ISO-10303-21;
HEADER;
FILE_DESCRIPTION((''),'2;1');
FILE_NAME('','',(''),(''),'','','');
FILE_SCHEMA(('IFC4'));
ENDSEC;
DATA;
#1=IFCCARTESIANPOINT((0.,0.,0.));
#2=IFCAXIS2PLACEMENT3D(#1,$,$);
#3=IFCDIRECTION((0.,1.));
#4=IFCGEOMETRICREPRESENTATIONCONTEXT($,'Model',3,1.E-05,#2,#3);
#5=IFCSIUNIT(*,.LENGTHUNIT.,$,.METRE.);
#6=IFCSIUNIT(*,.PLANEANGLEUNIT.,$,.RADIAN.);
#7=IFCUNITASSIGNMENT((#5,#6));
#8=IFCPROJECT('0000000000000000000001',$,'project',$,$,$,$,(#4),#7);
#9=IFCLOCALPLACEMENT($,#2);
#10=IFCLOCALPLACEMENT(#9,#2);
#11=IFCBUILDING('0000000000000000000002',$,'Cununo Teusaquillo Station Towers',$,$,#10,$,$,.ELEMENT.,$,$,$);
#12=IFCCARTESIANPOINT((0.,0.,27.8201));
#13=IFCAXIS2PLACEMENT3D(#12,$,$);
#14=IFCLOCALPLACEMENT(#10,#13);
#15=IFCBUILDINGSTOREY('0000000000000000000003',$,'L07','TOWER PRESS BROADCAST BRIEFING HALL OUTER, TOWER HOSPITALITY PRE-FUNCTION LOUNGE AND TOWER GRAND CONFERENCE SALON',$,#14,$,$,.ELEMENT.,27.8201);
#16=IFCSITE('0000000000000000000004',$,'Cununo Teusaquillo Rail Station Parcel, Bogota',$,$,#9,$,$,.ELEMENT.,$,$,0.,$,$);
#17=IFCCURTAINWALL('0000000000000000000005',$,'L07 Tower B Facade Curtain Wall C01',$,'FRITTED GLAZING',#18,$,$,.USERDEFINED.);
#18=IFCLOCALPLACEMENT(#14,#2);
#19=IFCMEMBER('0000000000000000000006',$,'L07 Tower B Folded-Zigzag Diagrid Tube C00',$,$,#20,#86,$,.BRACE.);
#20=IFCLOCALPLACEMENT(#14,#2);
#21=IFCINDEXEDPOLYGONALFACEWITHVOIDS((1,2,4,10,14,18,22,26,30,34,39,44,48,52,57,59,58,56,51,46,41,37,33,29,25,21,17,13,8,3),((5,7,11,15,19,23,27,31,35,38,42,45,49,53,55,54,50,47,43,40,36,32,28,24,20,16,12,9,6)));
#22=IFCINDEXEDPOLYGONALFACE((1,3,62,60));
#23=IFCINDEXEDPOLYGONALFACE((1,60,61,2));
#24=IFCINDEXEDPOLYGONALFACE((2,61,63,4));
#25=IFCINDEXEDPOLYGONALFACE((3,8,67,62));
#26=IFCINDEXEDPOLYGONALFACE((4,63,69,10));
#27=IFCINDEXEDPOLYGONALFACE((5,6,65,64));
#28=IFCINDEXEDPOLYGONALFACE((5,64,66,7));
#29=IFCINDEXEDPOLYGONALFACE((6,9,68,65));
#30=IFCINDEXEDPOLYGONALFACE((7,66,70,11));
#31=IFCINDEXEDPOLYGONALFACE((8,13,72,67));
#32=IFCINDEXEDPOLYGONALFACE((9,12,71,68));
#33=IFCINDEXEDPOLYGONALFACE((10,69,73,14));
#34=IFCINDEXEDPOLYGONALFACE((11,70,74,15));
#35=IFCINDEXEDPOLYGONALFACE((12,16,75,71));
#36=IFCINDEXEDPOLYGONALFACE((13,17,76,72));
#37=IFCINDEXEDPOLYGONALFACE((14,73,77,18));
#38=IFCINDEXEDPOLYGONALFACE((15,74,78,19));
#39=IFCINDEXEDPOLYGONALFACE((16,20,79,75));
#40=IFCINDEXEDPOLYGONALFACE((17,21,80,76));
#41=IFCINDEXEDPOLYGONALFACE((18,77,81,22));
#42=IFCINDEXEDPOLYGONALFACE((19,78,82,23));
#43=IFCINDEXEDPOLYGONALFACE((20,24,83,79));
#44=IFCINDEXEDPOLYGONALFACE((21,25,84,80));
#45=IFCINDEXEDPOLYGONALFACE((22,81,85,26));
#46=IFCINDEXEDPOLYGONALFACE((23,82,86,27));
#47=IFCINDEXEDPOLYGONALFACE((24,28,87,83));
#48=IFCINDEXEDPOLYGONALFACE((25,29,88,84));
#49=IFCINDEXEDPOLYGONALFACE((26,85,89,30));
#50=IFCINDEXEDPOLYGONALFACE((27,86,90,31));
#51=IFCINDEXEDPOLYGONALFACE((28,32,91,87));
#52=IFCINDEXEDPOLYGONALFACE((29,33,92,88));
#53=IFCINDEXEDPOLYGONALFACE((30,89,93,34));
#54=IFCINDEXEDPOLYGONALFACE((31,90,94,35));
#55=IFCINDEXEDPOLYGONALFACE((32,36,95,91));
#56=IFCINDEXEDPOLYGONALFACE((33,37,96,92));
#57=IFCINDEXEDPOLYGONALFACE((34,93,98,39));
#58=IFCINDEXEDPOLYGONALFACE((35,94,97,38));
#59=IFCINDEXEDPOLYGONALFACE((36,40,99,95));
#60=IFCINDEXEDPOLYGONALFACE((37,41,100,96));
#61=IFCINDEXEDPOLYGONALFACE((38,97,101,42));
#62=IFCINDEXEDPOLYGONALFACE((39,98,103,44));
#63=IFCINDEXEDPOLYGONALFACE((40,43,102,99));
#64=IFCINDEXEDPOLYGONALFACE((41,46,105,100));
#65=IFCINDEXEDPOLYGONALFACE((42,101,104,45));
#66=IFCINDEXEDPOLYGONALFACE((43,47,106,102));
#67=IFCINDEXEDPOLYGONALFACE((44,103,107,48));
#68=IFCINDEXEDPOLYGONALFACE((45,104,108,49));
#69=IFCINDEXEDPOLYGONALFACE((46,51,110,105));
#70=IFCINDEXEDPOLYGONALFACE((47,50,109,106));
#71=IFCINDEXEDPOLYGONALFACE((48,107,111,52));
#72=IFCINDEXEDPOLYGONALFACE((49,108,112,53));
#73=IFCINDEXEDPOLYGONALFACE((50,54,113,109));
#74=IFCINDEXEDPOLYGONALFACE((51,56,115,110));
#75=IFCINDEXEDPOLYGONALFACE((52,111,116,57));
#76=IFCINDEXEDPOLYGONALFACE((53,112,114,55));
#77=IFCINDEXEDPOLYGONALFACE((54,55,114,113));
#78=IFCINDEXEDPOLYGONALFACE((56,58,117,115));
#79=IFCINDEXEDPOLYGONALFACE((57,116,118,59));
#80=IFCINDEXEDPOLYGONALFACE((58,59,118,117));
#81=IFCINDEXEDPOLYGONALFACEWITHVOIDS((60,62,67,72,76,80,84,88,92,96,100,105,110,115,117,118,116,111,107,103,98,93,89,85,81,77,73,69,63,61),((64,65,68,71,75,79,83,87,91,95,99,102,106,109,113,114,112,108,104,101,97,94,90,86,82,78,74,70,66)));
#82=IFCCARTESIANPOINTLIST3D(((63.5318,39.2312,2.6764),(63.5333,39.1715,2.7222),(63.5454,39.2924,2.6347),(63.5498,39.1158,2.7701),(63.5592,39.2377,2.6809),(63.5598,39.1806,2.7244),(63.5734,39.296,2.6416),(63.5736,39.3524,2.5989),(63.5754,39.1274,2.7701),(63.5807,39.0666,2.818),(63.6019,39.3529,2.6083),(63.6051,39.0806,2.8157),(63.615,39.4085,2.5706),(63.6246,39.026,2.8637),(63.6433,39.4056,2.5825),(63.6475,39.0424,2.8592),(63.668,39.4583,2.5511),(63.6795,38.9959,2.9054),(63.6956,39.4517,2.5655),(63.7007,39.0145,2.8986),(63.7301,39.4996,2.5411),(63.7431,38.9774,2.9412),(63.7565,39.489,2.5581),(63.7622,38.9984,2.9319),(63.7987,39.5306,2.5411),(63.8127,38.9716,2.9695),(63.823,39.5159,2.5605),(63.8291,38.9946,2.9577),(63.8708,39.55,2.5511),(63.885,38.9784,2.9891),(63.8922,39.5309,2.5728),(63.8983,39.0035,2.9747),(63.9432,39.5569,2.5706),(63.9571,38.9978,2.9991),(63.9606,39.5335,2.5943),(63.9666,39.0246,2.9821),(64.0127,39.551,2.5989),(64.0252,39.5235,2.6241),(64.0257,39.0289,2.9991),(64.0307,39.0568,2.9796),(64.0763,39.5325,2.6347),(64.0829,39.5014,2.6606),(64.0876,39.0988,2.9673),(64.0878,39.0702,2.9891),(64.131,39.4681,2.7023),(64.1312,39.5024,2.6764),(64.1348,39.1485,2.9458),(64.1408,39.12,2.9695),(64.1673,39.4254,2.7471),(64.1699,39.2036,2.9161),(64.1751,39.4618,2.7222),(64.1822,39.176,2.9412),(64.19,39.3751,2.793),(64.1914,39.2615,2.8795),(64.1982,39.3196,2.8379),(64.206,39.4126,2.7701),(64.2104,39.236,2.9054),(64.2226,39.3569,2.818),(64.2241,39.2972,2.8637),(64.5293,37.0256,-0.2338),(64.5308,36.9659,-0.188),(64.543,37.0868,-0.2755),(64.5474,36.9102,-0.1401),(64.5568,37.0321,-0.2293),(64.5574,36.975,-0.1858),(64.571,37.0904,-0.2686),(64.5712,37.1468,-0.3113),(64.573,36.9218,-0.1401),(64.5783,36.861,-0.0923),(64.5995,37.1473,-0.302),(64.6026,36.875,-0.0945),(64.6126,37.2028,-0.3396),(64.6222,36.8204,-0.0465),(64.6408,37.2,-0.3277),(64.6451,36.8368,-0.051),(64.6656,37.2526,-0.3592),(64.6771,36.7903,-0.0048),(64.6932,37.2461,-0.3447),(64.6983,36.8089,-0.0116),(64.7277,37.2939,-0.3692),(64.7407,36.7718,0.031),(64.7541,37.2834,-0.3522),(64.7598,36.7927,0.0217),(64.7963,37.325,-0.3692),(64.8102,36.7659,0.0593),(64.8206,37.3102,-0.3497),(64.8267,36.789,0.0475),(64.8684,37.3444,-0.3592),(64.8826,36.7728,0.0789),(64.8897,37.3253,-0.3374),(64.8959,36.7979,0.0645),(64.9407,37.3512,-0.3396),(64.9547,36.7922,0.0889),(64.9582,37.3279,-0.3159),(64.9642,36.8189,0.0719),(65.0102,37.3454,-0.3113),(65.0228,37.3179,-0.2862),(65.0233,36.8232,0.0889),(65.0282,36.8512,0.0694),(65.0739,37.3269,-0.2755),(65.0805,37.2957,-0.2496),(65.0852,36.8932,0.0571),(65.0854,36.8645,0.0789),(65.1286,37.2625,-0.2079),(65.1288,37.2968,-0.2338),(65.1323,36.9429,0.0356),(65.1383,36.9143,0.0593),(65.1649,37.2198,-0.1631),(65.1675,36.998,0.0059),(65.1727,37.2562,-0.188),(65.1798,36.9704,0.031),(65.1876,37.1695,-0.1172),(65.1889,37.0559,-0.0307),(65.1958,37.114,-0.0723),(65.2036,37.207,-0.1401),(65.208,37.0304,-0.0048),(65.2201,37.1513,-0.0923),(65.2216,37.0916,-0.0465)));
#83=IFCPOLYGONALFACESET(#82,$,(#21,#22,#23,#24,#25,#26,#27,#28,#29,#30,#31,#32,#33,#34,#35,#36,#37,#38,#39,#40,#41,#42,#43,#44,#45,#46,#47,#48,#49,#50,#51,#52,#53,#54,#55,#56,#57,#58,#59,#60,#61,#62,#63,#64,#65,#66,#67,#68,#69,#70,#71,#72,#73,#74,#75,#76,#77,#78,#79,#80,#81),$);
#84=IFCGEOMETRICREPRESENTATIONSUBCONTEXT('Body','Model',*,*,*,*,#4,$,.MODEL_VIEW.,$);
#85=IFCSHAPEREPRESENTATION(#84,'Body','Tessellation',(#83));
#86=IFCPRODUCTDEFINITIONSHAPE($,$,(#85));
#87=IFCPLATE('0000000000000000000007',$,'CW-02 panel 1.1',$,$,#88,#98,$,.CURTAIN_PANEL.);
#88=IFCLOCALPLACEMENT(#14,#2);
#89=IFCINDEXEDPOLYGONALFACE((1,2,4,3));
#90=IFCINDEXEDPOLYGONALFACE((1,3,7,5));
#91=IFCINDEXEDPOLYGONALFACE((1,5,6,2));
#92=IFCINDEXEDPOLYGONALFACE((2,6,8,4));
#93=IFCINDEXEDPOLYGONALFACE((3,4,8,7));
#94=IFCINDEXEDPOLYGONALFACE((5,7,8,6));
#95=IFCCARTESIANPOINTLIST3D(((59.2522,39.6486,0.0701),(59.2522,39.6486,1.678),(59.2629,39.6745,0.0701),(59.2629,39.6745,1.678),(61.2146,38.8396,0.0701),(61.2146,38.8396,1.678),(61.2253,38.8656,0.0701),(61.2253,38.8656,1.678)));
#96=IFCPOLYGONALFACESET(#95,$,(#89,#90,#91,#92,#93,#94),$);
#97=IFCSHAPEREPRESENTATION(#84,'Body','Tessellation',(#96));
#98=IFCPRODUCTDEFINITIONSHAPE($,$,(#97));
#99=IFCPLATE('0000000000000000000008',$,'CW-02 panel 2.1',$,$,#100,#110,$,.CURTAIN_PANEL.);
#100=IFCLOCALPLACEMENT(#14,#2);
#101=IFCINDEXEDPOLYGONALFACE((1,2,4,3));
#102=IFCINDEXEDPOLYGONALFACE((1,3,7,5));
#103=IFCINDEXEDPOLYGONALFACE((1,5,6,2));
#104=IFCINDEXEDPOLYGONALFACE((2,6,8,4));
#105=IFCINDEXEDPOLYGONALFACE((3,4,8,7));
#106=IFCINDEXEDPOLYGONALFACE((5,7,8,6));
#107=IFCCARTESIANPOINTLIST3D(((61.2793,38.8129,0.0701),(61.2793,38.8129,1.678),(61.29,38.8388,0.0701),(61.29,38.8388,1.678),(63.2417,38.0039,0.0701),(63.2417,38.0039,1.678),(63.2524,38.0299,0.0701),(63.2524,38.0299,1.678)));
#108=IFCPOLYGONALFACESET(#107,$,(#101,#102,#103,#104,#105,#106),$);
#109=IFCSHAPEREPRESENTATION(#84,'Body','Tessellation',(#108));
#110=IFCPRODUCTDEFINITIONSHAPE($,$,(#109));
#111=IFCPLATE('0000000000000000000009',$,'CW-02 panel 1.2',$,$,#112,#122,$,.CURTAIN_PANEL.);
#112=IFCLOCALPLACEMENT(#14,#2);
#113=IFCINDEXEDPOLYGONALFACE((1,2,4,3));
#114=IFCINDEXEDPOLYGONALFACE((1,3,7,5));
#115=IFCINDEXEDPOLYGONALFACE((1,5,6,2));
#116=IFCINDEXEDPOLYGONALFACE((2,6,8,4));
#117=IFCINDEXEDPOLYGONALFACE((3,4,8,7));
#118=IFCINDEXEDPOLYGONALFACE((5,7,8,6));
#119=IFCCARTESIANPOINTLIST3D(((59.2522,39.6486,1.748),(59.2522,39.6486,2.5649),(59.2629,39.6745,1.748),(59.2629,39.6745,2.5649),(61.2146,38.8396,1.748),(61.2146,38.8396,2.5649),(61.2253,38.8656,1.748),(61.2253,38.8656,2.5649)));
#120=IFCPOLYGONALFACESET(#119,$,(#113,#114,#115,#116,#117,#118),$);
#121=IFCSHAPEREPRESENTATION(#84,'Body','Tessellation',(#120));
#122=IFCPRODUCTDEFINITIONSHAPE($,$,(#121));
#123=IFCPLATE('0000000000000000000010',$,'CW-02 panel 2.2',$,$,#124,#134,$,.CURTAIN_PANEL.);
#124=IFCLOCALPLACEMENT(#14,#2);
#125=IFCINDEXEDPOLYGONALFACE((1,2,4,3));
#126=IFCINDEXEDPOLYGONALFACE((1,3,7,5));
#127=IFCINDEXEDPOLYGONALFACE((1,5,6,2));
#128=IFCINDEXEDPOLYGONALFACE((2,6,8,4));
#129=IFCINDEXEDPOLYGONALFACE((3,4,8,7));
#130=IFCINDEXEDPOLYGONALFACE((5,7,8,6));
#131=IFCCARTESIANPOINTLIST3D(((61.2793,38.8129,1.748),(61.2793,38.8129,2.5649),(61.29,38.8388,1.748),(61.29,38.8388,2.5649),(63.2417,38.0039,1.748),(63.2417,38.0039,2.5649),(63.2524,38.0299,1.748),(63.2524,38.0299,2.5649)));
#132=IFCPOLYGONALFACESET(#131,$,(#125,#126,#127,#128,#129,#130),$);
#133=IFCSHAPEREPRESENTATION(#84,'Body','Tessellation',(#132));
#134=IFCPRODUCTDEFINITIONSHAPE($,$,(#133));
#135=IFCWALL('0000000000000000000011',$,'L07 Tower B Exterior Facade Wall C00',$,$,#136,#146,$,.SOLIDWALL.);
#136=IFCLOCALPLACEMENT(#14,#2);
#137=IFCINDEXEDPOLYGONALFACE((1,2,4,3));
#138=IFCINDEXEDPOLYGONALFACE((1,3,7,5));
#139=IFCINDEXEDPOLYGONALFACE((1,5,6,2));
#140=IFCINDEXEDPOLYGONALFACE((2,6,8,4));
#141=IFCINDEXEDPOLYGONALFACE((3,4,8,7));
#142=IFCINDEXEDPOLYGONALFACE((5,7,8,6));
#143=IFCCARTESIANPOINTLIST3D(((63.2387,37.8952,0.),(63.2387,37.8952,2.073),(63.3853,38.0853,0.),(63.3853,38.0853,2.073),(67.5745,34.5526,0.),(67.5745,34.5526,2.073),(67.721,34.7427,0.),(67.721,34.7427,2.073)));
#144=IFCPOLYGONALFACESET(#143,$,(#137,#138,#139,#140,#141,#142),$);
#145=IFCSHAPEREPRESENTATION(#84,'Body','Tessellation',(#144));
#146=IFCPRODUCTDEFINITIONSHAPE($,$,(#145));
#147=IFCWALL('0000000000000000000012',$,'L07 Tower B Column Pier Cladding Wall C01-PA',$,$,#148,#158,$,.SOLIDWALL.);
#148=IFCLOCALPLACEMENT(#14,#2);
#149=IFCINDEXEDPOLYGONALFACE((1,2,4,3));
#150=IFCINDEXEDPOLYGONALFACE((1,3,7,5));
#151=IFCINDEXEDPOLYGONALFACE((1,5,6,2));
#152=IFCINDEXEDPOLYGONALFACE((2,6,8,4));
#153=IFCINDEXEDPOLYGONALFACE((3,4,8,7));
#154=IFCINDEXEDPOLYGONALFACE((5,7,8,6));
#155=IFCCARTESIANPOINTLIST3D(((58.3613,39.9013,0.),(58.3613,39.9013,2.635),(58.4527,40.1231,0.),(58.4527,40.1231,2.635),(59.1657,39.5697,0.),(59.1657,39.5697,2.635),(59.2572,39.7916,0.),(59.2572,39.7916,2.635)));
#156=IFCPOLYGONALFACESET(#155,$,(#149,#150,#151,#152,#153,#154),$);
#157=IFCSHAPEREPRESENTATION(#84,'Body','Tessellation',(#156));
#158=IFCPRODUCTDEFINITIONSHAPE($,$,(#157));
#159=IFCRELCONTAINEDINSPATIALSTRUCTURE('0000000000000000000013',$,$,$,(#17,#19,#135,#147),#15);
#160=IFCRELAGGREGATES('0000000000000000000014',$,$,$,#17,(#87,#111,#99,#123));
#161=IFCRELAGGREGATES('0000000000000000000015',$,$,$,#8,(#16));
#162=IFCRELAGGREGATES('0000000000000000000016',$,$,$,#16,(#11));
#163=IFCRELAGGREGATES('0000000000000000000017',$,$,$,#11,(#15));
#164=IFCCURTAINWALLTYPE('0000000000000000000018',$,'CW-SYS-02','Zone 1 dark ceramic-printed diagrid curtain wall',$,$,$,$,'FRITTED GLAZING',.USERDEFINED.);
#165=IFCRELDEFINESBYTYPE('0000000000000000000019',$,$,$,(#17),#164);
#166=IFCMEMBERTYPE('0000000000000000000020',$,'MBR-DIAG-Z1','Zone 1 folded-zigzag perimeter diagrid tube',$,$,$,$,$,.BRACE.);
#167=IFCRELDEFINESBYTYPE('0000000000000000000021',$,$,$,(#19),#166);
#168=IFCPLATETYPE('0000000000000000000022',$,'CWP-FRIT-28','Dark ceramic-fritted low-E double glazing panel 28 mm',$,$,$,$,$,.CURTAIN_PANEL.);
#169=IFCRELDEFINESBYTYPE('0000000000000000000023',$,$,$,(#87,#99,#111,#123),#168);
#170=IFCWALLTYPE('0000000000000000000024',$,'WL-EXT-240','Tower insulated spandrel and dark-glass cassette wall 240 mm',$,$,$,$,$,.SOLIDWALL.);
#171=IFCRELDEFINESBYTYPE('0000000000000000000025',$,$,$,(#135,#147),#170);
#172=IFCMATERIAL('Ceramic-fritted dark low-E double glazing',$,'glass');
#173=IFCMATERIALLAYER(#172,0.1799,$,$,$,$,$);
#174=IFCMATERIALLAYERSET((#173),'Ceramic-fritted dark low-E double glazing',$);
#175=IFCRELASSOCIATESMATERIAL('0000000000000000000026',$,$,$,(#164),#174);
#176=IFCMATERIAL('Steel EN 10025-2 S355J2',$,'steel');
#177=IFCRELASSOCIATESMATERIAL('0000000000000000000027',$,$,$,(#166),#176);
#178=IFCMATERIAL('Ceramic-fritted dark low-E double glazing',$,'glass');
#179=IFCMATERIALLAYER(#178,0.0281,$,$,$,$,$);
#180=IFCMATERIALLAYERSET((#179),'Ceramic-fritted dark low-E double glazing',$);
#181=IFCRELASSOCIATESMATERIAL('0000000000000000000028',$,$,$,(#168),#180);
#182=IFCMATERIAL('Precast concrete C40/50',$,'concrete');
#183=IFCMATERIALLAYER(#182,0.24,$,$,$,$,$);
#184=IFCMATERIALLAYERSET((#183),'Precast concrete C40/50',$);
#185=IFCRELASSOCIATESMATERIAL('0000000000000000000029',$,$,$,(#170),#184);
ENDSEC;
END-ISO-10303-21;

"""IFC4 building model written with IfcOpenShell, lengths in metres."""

from ifc_helpers import new_model, si_unit, direction, frame, frame_2d, origin, origin_2d, place, context, subcontext, project, spatial, rectangle, hollow_circle, extrude, source, transform, mapped, material, layer, layer_set, material_profile, profile_set, type_object, element, aggregate, save


model = new_model("IFC4")

# Units and contexts
model_context = context("Model", 3, precision=1e-05, world=origin(), true_north=direction((0.0, 1.0)))
body_context = subcontext(model_context, "Body", "Model", "MODEL_VIEW")
ifc_project = project(units=[si_unit("LENGTHUNIT", "METRE"), si_unit("PLANEANGLEUNIT", "RADIAN")], contexts=[model_context])

# Site, building, storey
site_placement = place(None, origin())
site = spatial("IfcSite", under=ifc_project, at=site_placement, Name="Cununo Teusaquillo Rail Station Parcel, Bogota", CompositionType="ELEMENT", RefElevation=0.0)
building_placement = place(site_placement, origin())
building = spatial("IfcBuilding", under=site, at=building_placement, Name="Cununo Teusaquillo Station Towers", CompositionType="ELEMENT")
storey_placement = place(building_placement, frame((0.0, 0.0, 27.8201)))
storey = spatial("IfcBuildingStorey", under=building, at=storey_placement, Name="L07", Description="TOWER PRESS BROADCAST BRIEFING HALL OUTER, TOWER HOSPITALITY PRE-FUNCTION LOUNGE AND TOWER GRAND CONFERENCE SALON", CompositionType="ELEMENT", Elevation=27.8201)

# Curtain wall
ifc_material_1 = material(Name="Ceramic-fritted dark low-E double glazing", Category="glass")
ifc_layer_1 = layer(ifc_material_1, 0.1799)
ifc_layer_set_1 = layer_set([ifc_layer_1], Name="Ceramic-fritted dark low-E double glazing")
curtain_wall_type = type_object("IfcCurtainWallType", Name="CW-SYS-02", Description="Zone 1 dark ceramic-printed diagrid curtain wall", ElementType="FRITTED GLAZING", PredefinedType="USERDEFINED", material=ifc_layer_set_1)
curtain_wall_placement = place(storey_placement, origin())
curtain_wall = element("IfcCurtainWall", 1, at=curtain_wall_placement, inside=storey, type_object=curtain_wall_type, Name="L07 Tower B Facade Curtain Wall C01", ObjectType="FRITTED GLAZING", PredefinedType="USERDEFINED")

# Member
ifc_material_2 = material(Name="Steel EN 10025-2 S355J2", Category="steel")
ifc_material_profile_1 = material_profile(ifc_material_2, hollow_circle(Radius=0.3601, WallThickness=0.0281, at=origin_2d()), Name="CHS 720x28")
ifc_profile_set_1 = profile_set([ifc_material_profile_1], Name="Steel EN 10025-2 S355J2")
member_type_1 = type_object("IfcMemberType", Name="MBR-DIAG-Z1", Description="Zone 1 folded-zigzag perimeter diagrid tube", PredefinedType="BRACE", material=ifc_profile_set_1)
member_1_placement = place(storey_placement, frame((64.8755, 37.0586, -0.1401), z_axis=(-0.263533, 0.582663, 0.7688), x_axis=(-0.911139, -0.4121, 0.0)))
element("IfcMember", 2, at=member_1_placement, inside=storey, type_object=member_type_1, Name="L07 Tower B Folded-Zigzag Diagrid Tube C00", PredefinedType="BRACE", context=body_context, shape_type="SweptSolid", body=[
    extrude(hollow_circle(Radius=0.3601, WallThickness=0.0281, at=origin_2d()), origin(), (0.0, 0.0, 1.0), 3.7854),
])

# Plates
ifc_material_3 = material(Name="Ceramic-fritted dark low-E double glazing", Category="glass")
ifc_layer_2 = layer(ifc_material_3, 0.0281)
ifc_layer_set_2 = layer_set([ifc_layer_2], Name="Ceramic-fritted dark low-E double glazing")
plate_type = type_object("IfcPlateType", Name="CWP-FRIT-28", Description="Dark ceramic-fritted low-E double glazing panel 28 mm", PredefinedType="CURTAIN_PANEL", material=ifc_layer_set_2)
shared_shape_1 = source(origin(), body_context, "Body", "SweptSolid", [
    extrude(rectangle(XDim=2.1226, YDim=0.0281, at=origin_2d()), origin(), (0.0, 0.0, 1.0), 1.6079),
])
plate_1_placement = place(storey_placement, frame((60.2388, 39.2571, 0.0701), z_axis=(0.0, 0.0, 1.0), x_axis=(0.924525, -0.381122, 0.0)))
plate_1 = element("IfcPlate", 3, at=plate_1_placement, type_object=plate_type, Name="CW-02 panel 1.1", PredefinedType="CURTAIN_PANEL", context=body_context, shape_type="MappedRepresentation", body=[
    mapped(shared_shape_1, transform((0.0, 0.0, 0.0), x_axis=(1.0, 0.0, 0.0), y_axis=(0.0, 1.0, 0.0), z_axis=(0.0, 0.0, 1.0), scale=1.0)),
])
plate_2_placement = place(storey_placement, frame((62.2659, 38.4214, 0.0701), z_axis=(0.0, 0.0, 1.0), x_axis=(0.924525, -0.381122, 0.0)))
plate_2 = element("IfcPlate", 4, at=plate_2_placement, type_object=plate_type, Name="CW-02 panel 2.1", PredefinedType="CURTAIN_PANEL", context=body_context, shape_type="MappedRepresentation", body=[
    mapped(shared_shape_1, transform((0.0, 0.0, 0.0), x_axis=(1.0, 0.0, 0.0), y_axis=(0.0, 1.0, 0.0), z_axis=(0.0, 0.0, 1.0), scale=1.0)),
])
shared_shape_2 = source(origin(), body_context, "Body", "SweptSolid", [
    extrude(rectangle(XDim=2.1226, YDim=0.0281, at=origin_2d()), origin(), (0.0, 0.0, 1.0), 0.8169),
])
plate_3_placement = place(storey_placement, frame((60.2388, 39.2571, 1.748), z_axis=(0.0, 0.0, 1.0), x_axis=(0.924525, -0.381122, 0.0)))
plate_3 = element("IfcPlate", 5, at=plate_3_placement, type_object=plate_type, Name="CW-02 panel 1.2", PredefinedType="CURTAIN_PANEL", context=body_context, shape_type="MappedRepresentation", body=[
    mapped(shared_shape_2, transform((0.0, 0.0, 0.0), x_axis=(1.0, 0.0, 0.0), y_axis=(0.0, 1.0, 0.0), z_axis=(0.0, 0.0, 1.0), scale=1.0)),
])
plate_4_placement = place(storey_placement, frame((62.2659, 38.4214, 1.748), z_axis=(0.0, 0.0, 1.0), x_axis=(0.924525, -0.381122, 0.0)))
plate_4 = element("IfcPlate", 6, at=plate_4_placement, type_object=plate_type, Name="CW-02 panel 2.2", PredefinedType="CURTAIN_PANEL", context=body_context, shape_type="MappedRepresentation", body=[
    mapped(shared_shape_2, transform((0.0, 0.0, 0.0), x_axis=(1.0, 0.0, 0.0), y_axis=(0.0, 1.0, 0.0), z_axis=(0.0, 0.0, 1.0), scale=1.0)),
])
aggregate(curtain_wall, [plate_1, plate_3, plate_2, plate_4])

# Walls
ifc_material_4 = material(Name="Precast concrete C40/50", Category="concrete")
ifc_layer_3 = layer(ifc_material_4, 0.24)
ifc_layer_set_3 = layer_set([ifc_layer_3], Name="Precast concrete C40/50")
wall_type_1 = type_object("IfcWallType", Name="WL-EXT-240", Description="Tower insulated spandrel and dark-glass cassette wall 240 mm", PredefinedType="SOLIDWALL", material=ifc_layer_set_3)
wall_1_placement = place(storey_placement, frame((63.312, 37.9902, 0.0), z_axis=(0.0, 0.0, 1.0), x_axis=(0.791972, -0.610557, 0.0)))
element("IfcWall", 7, at=wall_1_placement, inside=storey, type_object=wall_type_1, Name="L07 Tower B Exterior Facade Wall C00", PredefinedType="SOLIDWALL", context=body_context, shape_type="SweptSolid", body=[
    extrude(rectangle(XDim=5.4746, YDim=0.24, at=frame_2d((2.7373, 0.0))), origin(), (0.0, 0.0, 1.0), 2.073),
])
wall_2_placement = place(storey_placement, frame((58.407, 40.0122, 0.0), z_axis=(0.0, 0.0, 1.0), x_axis=(0.924556, -0.381046, 0.0)))
element("IfcWall", 8, at=wall_2_placement, inside=storey, type_object=wall_type_1, Name="L07 Tower B Column Pier Cladding Wall C01-PA", PredefinedType="SOLIDWALL", context=body_context, shape_type="SweptSolid", body=[
    extrude(rectangle(XDim=0.8701, YDim=0.24, at=frame_2d((0.4351, 0.0))), origin(), (0.0, 0.0, 1.0), 2.635),
])

save(model, "model.ifc")
